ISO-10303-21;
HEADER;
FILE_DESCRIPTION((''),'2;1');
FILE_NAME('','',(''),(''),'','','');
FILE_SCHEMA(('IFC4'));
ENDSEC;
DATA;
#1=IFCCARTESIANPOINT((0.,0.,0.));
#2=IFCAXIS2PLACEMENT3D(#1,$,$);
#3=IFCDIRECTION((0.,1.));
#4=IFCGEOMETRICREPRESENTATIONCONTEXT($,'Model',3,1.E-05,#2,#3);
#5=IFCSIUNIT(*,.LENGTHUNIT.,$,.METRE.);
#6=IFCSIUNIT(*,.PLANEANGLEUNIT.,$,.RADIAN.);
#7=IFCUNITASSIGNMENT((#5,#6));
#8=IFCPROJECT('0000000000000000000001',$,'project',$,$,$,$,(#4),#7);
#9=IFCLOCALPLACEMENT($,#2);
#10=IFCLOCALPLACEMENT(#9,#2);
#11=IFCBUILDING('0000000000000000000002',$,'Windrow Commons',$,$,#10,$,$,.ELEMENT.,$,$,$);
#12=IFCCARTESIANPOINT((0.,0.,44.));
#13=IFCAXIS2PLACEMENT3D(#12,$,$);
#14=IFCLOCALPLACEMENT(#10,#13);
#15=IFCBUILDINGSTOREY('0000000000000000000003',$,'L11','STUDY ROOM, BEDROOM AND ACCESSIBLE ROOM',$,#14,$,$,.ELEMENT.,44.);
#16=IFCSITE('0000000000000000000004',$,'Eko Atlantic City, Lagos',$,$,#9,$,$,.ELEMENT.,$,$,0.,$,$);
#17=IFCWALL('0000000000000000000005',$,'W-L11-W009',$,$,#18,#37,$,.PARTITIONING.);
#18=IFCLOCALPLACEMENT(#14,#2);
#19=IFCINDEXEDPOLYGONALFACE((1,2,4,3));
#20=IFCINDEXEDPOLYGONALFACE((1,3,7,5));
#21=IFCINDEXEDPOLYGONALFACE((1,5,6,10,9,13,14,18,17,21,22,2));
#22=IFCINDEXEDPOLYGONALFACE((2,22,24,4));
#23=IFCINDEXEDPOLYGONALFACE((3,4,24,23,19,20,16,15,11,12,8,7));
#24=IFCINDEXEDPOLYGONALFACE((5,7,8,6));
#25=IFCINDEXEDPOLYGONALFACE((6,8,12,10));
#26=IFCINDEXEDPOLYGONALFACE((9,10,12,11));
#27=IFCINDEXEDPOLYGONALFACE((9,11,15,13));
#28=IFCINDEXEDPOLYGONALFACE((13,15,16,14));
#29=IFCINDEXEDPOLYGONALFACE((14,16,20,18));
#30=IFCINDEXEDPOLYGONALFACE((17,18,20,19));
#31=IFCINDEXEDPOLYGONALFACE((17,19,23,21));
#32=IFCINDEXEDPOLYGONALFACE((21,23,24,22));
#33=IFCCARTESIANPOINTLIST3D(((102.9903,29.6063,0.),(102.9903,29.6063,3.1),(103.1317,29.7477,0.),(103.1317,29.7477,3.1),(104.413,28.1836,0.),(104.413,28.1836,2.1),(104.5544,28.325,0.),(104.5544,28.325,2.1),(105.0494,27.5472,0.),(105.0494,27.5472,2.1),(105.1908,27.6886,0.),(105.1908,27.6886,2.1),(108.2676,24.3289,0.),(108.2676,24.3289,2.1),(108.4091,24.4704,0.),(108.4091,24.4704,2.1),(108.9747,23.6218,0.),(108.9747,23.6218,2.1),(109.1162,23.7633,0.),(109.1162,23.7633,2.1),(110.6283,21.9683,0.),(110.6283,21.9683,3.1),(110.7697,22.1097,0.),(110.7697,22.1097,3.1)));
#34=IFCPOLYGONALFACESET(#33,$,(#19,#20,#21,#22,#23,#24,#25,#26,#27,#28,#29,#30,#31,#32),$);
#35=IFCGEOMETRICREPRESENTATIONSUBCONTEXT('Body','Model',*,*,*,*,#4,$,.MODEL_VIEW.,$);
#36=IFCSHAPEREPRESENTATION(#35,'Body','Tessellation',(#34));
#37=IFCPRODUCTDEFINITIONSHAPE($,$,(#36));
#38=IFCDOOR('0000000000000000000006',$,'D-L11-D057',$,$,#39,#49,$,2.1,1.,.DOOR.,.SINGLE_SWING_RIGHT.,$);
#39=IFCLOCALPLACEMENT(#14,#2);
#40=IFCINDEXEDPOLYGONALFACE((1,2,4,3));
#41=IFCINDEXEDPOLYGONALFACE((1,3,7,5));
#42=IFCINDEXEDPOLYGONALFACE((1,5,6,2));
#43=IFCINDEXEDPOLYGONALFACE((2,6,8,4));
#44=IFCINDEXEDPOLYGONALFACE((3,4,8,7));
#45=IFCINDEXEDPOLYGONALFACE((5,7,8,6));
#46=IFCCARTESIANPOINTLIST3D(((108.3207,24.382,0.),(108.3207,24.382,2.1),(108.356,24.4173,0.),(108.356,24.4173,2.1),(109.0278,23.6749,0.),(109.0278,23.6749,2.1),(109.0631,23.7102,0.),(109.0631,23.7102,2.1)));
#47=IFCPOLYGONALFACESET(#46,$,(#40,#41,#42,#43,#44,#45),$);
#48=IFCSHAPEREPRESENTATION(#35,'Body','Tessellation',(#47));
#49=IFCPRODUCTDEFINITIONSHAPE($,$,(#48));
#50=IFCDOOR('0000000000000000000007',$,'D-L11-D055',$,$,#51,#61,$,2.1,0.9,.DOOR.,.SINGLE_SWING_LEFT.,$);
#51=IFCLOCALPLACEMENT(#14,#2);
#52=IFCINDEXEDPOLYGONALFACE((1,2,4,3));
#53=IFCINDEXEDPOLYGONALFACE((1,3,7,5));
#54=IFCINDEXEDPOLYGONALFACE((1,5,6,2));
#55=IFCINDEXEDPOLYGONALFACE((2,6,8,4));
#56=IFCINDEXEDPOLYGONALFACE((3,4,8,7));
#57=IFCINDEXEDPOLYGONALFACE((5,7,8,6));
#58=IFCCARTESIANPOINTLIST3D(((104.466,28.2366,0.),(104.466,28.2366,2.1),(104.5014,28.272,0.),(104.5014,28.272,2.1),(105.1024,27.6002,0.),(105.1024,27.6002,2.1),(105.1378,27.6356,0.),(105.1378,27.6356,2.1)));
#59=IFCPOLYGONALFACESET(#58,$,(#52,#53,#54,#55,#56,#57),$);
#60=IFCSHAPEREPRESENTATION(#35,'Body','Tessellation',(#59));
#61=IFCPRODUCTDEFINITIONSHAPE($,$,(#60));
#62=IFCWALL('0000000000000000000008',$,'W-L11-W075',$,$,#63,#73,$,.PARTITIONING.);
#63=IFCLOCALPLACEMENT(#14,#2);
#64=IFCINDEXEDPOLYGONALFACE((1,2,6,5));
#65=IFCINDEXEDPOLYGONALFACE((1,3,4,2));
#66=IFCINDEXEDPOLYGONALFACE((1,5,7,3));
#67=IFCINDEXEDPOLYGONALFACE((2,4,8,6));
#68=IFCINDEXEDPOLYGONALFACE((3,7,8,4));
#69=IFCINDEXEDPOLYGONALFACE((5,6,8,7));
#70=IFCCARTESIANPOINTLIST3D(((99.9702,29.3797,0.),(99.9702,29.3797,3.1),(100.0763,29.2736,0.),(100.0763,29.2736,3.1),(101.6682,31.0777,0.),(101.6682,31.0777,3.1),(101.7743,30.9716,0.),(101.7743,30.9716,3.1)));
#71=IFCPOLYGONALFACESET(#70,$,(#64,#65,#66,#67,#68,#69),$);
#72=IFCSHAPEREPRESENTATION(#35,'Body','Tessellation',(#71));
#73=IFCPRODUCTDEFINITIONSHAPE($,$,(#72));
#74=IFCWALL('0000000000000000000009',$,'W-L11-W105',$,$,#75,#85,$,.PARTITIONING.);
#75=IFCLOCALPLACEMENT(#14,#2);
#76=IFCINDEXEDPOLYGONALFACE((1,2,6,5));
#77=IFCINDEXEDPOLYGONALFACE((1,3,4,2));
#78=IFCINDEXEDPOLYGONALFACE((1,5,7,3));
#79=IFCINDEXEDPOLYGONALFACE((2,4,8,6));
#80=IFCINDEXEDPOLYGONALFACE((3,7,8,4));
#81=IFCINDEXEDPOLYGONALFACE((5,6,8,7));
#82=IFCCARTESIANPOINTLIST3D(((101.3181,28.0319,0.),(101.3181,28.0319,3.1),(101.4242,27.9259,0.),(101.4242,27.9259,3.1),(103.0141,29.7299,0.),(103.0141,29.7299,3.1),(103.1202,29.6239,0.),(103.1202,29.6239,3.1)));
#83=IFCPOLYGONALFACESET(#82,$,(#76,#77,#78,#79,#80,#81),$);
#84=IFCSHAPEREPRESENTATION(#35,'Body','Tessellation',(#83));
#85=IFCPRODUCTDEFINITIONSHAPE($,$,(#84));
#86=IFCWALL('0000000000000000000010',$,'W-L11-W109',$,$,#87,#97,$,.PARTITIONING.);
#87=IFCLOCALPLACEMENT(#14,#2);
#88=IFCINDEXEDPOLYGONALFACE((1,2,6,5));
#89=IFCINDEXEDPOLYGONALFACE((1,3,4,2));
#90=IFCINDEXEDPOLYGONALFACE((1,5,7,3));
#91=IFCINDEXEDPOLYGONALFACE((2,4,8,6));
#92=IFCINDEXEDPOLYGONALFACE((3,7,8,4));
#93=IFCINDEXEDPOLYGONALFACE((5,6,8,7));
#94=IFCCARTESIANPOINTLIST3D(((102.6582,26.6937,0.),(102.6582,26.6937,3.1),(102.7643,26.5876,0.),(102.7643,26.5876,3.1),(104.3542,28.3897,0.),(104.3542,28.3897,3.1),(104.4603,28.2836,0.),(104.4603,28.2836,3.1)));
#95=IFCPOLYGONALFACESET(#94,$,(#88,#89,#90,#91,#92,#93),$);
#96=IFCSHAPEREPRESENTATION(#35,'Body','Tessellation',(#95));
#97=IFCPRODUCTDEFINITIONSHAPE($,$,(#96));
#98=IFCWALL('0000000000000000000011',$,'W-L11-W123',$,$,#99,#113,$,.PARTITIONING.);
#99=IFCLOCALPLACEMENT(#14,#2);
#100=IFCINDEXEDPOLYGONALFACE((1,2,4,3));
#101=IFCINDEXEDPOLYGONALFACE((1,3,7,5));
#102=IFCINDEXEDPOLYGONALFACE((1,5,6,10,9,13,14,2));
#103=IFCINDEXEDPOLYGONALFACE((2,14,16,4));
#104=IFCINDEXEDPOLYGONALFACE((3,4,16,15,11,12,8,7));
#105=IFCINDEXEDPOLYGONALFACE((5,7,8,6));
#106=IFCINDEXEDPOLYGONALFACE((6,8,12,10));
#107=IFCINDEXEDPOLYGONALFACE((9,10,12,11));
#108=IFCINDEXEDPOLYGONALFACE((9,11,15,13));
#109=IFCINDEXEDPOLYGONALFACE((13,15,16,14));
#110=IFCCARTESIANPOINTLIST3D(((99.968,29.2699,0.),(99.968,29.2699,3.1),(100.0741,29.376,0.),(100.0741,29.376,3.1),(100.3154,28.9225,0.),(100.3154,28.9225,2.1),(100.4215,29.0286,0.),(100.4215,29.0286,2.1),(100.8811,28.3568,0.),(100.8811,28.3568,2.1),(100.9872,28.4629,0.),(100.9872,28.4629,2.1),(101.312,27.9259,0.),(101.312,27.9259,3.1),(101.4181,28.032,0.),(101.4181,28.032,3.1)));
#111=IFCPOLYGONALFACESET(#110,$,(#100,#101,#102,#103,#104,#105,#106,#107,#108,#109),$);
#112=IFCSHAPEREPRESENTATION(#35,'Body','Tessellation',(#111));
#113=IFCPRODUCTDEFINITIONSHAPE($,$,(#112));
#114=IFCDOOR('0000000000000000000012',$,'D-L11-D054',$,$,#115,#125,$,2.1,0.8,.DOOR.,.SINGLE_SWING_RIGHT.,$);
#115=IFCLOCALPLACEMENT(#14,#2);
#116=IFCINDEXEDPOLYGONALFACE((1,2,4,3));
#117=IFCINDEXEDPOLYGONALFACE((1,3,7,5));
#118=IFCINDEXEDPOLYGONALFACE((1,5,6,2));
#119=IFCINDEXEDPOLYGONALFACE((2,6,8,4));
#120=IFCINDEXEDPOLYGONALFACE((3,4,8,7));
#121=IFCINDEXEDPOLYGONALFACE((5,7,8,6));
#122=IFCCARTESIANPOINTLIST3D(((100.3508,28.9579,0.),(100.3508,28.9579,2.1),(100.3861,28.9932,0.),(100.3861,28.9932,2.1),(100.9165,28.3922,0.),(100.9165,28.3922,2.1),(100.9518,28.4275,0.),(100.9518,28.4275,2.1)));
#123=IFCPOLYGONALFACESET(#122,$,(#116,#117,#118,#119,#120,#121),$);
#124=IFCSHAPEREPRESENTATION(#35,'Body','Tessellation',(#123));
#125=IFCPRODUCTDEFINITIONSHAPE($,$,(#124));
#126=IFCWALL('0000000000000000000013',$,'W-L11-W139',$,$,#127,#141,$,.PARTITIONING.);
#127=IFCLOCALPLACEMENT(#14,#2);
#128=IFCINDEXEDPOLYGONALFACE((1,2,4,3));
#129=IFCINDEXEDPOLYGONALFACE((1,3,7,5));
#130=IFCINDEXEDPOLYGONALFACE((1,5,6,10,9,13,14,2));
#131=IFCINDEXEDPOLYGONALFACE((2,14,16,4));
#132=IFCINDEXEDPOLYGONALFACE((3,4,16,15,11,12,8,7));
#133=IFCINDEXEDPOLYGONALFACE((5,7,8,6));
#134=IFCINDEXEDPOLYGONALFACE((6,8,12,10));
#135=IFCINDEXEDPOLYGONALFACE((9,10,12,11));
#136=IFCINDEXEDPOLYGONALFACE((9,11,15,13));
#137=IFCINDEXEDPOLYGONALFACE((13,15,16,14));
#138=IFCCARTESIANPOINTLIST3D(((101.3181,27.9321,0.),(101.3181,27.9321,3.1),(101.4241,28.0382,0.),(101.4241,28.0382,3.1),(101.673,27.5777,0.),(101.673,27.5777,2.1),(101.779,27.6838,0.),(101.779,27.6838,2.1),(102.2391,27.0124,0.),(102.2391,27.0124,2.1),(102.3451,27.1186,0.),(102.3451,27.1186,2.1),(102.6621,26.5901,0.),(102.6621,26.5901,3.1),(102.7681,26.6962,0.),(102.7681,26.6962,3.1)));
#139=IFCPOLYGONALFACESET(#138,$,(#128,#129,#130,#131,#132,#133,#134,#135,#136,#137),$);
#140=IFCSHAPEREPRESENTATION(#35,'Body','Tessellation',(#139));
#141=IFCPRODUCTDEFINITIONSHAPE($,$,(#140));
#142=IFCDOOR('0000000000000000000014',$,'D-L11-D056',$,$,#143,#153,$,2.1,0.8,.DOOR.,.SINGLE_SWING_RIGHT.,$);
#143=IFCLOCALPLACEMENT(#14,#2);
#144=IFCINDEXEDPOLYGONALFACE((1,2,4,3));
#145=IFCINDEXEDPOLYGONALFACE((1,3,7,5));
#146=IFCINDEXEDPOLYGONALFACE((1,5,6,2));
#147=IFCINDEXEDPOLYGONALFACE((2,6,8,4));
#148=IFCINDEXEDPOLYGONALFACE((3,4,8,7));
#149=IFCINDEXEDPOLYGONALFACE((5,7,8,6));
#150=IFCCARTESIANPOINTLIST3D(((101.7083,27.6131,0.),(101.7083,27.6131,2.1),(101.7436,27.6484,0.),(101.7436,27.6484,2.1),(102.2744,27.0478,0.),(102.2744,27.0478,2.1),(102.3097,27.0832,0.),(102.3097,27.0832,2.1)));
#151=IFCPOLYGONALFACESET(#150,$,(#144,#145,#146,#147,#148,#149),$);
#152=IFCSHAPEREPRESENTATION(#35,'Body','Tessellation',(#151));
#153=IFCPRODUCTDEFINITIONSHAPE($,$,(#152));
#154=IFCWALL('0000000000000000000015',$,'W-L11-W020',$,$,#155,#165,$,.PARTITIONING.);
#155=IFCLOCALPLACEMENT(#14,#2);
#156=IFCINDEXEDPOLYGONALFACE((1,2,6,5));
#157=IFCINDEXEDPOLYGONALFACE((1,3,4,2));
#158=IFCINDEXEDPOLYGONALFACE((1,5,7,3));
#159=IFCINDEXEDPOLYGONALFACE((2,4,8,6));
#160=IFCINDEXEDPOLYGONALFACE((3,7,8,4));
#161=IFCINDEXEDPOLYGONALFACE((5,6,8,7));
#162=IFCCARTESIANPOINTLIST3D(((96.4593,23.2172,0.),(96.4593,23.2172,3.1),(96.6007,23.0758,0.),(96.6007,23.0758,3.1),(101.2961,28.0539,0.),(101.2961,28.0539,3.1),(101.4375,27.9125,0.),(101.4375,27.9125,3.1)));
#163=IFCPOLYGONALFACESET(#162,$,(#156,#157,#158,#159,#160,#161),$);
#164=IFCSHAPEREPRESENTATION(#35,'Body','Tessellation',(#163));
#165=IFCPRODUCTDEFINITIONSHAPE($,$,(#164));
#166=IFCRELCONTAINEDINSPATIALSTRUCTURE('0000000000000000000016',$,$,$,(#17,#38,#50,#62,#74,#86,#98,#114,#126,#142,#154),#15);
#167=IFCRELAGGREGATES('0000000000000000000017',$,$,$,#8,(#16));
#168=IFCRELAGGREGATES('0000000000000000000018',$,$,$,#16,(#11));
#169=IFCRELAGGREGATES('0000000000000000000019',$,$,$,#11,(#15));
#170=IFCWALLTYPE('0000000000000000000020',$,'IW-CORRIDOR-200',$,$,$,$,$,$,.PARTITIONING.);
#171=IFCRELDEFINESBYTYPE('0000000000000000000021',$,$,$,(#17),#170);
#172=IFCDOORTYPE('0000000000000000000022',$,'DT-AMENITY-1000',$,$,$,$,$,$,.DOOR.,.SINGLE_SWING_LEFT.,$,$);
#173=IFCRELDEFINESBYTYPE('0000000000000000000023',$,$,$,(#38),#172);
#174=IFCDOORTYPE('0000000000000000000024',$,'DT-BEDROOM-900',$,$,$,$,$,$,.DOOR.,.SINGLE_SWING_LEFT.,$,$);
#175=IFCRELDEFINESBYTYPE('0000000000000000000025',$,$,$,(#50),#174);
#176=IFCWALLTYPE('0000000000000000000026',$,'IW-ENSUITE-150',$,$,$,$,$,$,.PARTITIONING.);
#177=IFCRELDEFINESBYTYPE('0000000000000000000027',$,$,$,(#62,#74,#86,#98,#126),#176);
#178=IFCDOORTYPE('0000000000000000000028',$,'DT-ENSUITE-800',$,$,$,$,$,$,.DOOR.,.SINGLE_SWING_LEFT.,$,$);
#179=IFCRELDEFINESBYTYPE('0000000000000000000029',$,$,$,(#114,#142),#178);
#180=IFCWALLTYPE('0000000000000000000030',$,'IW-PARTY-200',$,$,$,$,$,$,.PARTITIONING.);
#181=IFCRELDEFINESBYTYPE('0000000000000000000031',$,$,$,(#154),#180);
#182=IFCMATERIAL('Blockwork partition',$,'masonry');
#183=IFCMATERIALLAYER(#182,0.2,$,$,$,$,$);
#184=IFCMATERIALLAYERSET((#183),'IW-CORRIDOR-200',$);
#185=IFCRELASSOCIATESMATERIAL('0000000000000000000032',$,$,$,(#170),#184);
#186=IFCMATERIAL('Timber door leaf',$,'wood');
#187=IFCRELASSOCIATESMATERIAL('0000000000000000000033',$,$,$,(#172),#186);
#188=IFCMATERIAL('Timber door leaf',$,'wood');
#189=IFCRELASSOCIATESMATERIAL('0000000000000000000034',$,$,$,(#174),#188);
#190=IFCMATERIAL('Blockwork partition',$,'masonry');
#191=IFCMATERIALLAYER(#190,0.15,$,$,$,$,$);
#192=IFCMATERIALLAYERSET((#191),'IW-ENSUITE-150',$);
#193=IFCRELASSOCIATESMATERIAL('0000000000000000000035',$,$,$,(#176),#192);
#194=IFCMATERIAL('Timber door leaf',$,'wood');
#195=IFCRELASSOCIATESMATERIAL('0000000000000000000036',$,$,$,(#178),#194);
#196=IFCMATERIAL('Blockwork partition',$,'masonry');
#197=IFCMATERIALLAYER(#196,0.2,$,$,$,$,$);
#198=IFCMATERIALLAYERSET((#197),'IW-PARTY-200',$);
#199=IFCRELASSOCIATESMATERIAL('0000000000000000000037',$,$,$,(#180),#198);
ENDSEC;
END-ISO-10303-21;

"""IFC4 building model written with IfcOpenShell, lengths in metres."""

from ifc_helpers import new_model, si_unit, direction, frame, frame_2d, origin, place, context, subcontext, project, spatial, rectangle, extrude, material, layer, layer_set, type_object, element, fill, save


model = new_model("IFC4")

# Units and contexts
model_context = context("Model", 3, precision=1e-05, world=origin(), true_north=direction((0.0, 1.0)))
body_context = subcontext(model_context, "Body", "Model", "MODEL_VIEW")
ifc_project = project(units=[si_unit("LENGTHUNIT", "METRE"), si_unit("PLANEANGLEUNIT", "RADIAN")], contexts=[model_context])

# Site, building, storey
site_placement = place(None, origin())
site = spatial("IfcSite", under=ifc_project, at=site_placement, Name="Eko Atlantic City, Lagos", CompositionType="ELEMENT", RefElevation=0.0)
building_placement = place(site_placement, origin())
building = spatial("IfcBuilding", under=site, at=building_placement, Name="Windrow Commons", CompositionType="ELEMENT")
storey_placement = place(building_placement, frame((0.0, 0.0, 44.0)))
storey = spatial("IfcBuildingStorey", under=building, at=storey_placement, Name="L11", Description="STUDY ROOM, BEDROOM AND ACCESSIBLE ROOM", CompositionType="ELEMENT", Elevation=44.0)

# Wall, openings, doors
ifc_material_1 = material(Name="Blockwork partition", Category="masonry")
ifc_layer_1 = layer(ifc_material_1, 0.2)
ifc_layer_set_1 = layer_set([ifc_layer_1], Name="IW-CORRIDOR-200")
wall_type_1 = type_object("IfcWallType", Name="IW-CORRIDOR-200", PredefinedType="PARTITIONING", material=ifc_layer_set_1)
wall_1_placement = place(storey_placement, frame((103.061, 29.677, 0.0), z_axis=(0.0, 0.0, 1.0), x_axis=(0.707107, -0.707107, 0.0)))
wall_1 = element("IfcWall", 1, at=wall_1_placement, inside=storey, type_object=wall_type_1, Name="W-L11-W009", PredefinedType="PARTITIONING", context=body_context, shape_type="SweptSolid", body=[
    extrude(rectangle(XDim=10.8018, YDim=0.2, at=frame_2d((5.4009, 0.0))), origin(), (0.0, 0.0, 1.0), 3.1),
])
opening_1_placement = place(wall_1_placement, frame((2.012, 0.0, 0.0)))
opening_1 = element("IfcOpeningElement", 2, at=opening_1_placement, cuts=wall_1, PredefinedType="OPENING", context=body_context, shape_type="SweptSolid", body=[
    extrude(rectangle(XDim=0.9, YDim=2.1, at=frame_2d((0.45, 1.05))), frame((0.0, 0.11, 0.0), z_axis=(0.0, -1.0, 0.0), x_axis=(1.0, 0.0, 0.0)), (0.0, 0.0, 1.0), 0.22),
])
opening_2_placement = place(wall_1_placement, frame((7.4633, 0.0, 0.0)))
opening_2 = element("IfcOpeningElement", 3, at=opening_2_placement, cuts=wall_1, PredefinedType="OPENING", context=body_context, shape_type="SweptSolid", body=[
    extrude(rectangle(XDim=1.0, YDim=2.1, at=frame_2d((0.5, 1.05))), frame((0.0, 0.11, 0.0), z_axis=(0.0, -1.0, 0.0), x_axis=(1.0, 0.0, 0.0)), (0.0, 0.0, 1.0), 0.22),
])
ifc_material_2 = material(Name="Timber door leaf", Category="wood")
door_type_1 = type_object("IfcDoorType", Name="DT-AMENITY-1000", OperationType="SINGLE_SWING_LEFT", PredefinedType="DOOR", material=ifc_material_2)
door_1_placement = place(opening_2_placement, origin())
door_1 = element("IfcDoor", 4, at=door_1_placement, inside=storey, type_object=door_type_1, Name="D-L11-D057", OperationType="SINGLE_SWING_RIGHT", OverallHeight=2.1, OverallWidth=1.0, PredefinedType="DOOR", context=body_context, shape_type="SweptSolid", body=[
    extrude(rectangle(XDim=1.0, YDim=2.1, at=frame_2d((0.5, 1.05))), frame((0.0, 0.025, 0.0), z_axis=(0.0, -1.0, 0.0), x_axis=(1.0, 0.0, 0.0)), (0.0, 0.0, 1.0), 0.05),
])
fill(opening_2, door_1)
ifc_material_3 = material(Name="Timber door leaf", Category="wood")
door_type_2 = type_object("IfcDoorType", Name="DT-BEDROOM-900", OperationType="SINGLE_SWING_LEFT", PredefinedType="DOOR", material=ifc_material_3)
door_2_placement = place(opening_1_placement, origin())
door_2 = element("IfcDoor", 5, at=door_2_placement, inside=storey, type_object=door_type_2, Name="D-L11-D055", OperationType="SINGLE_SWING_LEFT", OverallHeight=2.1, OverallWidth=0.9, PredefinedType="DOOR", context=body_context, shape_type="SweptSolid", body=[
    extrude(rectangle(XDim=0.9, YDim=2.1, at=frame_2d((0.45, 1.05))), frame((0.0, 0.025, 0.0), z_axis=(0.0, -1.0, 0.0), x_axis=(1.0, 0.0, 0.0)), (0.0, 0.0, 1.0), 0.05),
])
fill(opening_1, door_2)

# Walls
ifc_material_4 = material(Name="Blockwork partition", Category="masonry")
ifc_layer_2 = layer(ifc_material_4, 0.15)
ifc_layer_set_2 = layer_set([ifc_layer_2], Name="IW-ENSUITE-150")
wall_type_2 = type_object("IfcWallType", Name="IW-ENSUITE-150", PredefinedType="PARTITIONING", material=ifc_layer_set_2)
wall_2_placement = place(storey_placement, frame((100.0233, 29.3267, 0.0), z_axis=(0.0, 0.0, 1.0), x_axis=(0.707107, 0.707107, 0.0)))
element("IfcWall", 6, at=wall_2_placement, inside=storey, type_object=wall_type_2, Name="W-L11-W075", PredefinedType="PARTITIONING", context=body_context, shape_type="SweptSolid", body=[
    extrude(rectangle(XDim=2.4013, YDim=0.15, at=frame_2d((1.2006, 0.0))), origin(), (0.0, 0.0, 1.0), 3.1),
])
wall_3_placement = place(storey_placement, frame((101.3711, 27.9789, 0.0), z_axis=(0.0, 0.0, 1.0), x_axis=(0.70669, 0.707523, 0.0)))
element("IfcWall", 7, at=wall_3_placement, inside=storey, type_object=wall_type_2, Name="W-L11-W105", PredefinedType="PARTITIONING", context=body_context, shape_type="SweptSolid", body=[
    extrude(rectangle(XDim=2.3999, YDim=0.15, at=frame_2d((1.2, 0.0))), origin(), (0.0, 0.0, 1.0), 3.1),
])
wall_4_placement = place(storey_placement, frame((102.7113, 26.6407, 0.0), z_axis=(0.0, 0.0, 1.0), x_axis=(0.707107, 0.707107, 0.0)))
element("IfcWall", 8, at=wall_4_placement, inside=storey, type_object=wall_type_2, Name="W-L11-W109", PredefinedType="PARTITIONING", context=body_context, shape_type="SweptSolid", body=[
    extrude(rectangle(XDim=2.3985, YDim=0.15, at=frame_2d((1.1992, 0.0))), origin(), (0.0, 0.0, 1.0), 3.1),
])

# Walls, openings, doors
wall_5_placement = place(storey_placement, frame((100.021, 29.323, 0.0), z_axis=(0.0, 0.0, 1.0), x_axis=(0.707107, -0.707107, 0.0)))
wall_5 = element("IfcWall", 9, at=wall_5_placement, inside=storey, type_object=wall_type_2, Name="W-L11-W123", PredefinedType="PARTITIONING", context=body_context, shape_type="SweptSolid", body=[
    extrude(rectangle(XDim=1.9007, YDim=0.15, at=frame_2d((0.9504, 0.0))), origin(), (0.0, 0.0, 1.0), 3.1),
])
opening_3_placement = place(wall_5_placement, frame((0.4914, 0.0, 0.0)))
opening_3 = element("IfcOpeningElement", 10, at=opening_3_placement, cuts=wall_5, PredefinedType="OPENING", context=body_context, shape_type="SweptSolid", body=[
    extrude(rectangle(XDim=0.8, YDim=2.1, at=frame_2d((0.4, 1.05))), frame((0.0, 0.085, 0.0), z_axis=(0.0, -1.0, 0.0), x_axis=(1.0, 0.0, 0.0)), (0.0, 0.0, 1.0), 0.17),
])
ifc_material_5 = material(Name="Timber door leaf", Category="wood")
door_type_3 = type_object("IfcDoorType", Name="DT-ENSUITE-800", OperationType="SINGLE_SWING_LEFT", PredefinedType="DOOR", material=ifc_material_5)
door_3_placement = place(opening_3_placement, origin())
door_3 = element("IfcDoor", 11, at=door_3_placement, inside=storey, type_object=door_type_3, Name="D-L11-D054", OperationType="SINGLE_SWING_RIGHT", OverallHeight=2.1, OverallWidth=0.8, PredefinedType="DOOR", context=body_context, shape_type="SweptSolid", body=[
    extrude(rectangle(XDim=0.8, YDim=2.1, at=frame_2d((0.4, 1.05))), frame((0.0, 0.025, 0.0), z_axis=(0.0, -1.0, 0.0), x_axis=(1.0, 0.0, 0.0)), (0.0, 0.0, 1.0), 0.05),
])
fill(opening_3, door_3)
wall_6_placement = place(storey_placement, frame((101.3711, 27.9851, 0.0), z_axis=(0.0, 0.0, 1.0), x_axis=(0.707633, -0.70658, 0.0)))
wall_6 = element("IfcWall", 12, at=wall_6_placement, inside=storey, type_object=wall_type_2, Name="W-L11-W139", PredefinedType="PARTITIONING", context=body_context, shape_type="SweptSolid", body=[
    extrude(rectangle(XDim=1.8993, YDim=0.15, at=frame_2d((0.9496, 0.0))), origin(), (0.0, 0.0, 1.0), 3.1),
])
opening_4_placement = place(wall_6_placement, frame((0.5015, 0.0, 0.0)))
opening_4 = element("IfcOpeningElement", 13, at=opening_4_placement, cuts=wall_6, PredefinedType="OPENING", context=body_context, shape_type="SweptSolid", body=[
    extrude(rectangle(XDim=0.8, YDim=2.1, at=frame_2d((0.4, 1.05))), frame((0.0, 0.085, 0.0), z_axis=(0.0, -1.0, 0.0), x_axis=(1.0, 0.0, 0.0)), (0.0, 0.0, 1.0), 0.17),
])
door_4_placement = place(opening_4_placement, origin())
door_4 = element("IfcDoor", 14, at=door_4_placement, inside=storey, type_object=door_type_3, Name="D-L11-D056", OperationType="SINGLE_SWING_RIGHT", OverallHeight=2.1, OverallWidth=0.8, PredefinedType="DOOR", context=body_context, shape_type="SweptSolid", body=[
    extrude(rectangle(XDim=0.8, YDim=2.1, at=frame_2d((0.4, 1.05))), frame((0.0, 0.025, 0.0), z_axis=(0.0, -1.0, 0.0), x_axis=(1.0, 0.0, 0.0)), (0.0, 0.0, 1.0), 0.05),
])
fill(opening_4, door_4)

# Wall
ifc_material_6 = material(Name="Blockwork partition", Category="masonry")
ifc_layer_3 = layer(ifc_material_6, 0.2)
ifc_layer_set_3 = layer_set([ifc_layer_3], Name="IW-PARTY-200")
wall_type_3 = type_object("IfcWallType", Name="IW-PARTY-200", PredefinedType="PARTITIONING", material=ifc_layer_set_3)
wall_7_placement = place(storey_placement, frame((96.53, 23.1465, 0.0), z_axis=(0.0, 0.0, 1.0), x_axis=(0.707114, 0.707099, 0.0)))
element("IfcWall", 15, at=wall_7_placement, inside=storey, type_object=wall_type_3, Name="W-L11-W020", PredefinedType="PARTITIONING", context=body_context, shape_type="SweptSolid", body=[
    extrude(rectangle(XDim=6.8402, YDim=0.2, at=frame_2d((3.4201, 0.0))), origin(), (0.0, 0.0, 1.0), 3.1),
])

save(model, "model.ifc")
